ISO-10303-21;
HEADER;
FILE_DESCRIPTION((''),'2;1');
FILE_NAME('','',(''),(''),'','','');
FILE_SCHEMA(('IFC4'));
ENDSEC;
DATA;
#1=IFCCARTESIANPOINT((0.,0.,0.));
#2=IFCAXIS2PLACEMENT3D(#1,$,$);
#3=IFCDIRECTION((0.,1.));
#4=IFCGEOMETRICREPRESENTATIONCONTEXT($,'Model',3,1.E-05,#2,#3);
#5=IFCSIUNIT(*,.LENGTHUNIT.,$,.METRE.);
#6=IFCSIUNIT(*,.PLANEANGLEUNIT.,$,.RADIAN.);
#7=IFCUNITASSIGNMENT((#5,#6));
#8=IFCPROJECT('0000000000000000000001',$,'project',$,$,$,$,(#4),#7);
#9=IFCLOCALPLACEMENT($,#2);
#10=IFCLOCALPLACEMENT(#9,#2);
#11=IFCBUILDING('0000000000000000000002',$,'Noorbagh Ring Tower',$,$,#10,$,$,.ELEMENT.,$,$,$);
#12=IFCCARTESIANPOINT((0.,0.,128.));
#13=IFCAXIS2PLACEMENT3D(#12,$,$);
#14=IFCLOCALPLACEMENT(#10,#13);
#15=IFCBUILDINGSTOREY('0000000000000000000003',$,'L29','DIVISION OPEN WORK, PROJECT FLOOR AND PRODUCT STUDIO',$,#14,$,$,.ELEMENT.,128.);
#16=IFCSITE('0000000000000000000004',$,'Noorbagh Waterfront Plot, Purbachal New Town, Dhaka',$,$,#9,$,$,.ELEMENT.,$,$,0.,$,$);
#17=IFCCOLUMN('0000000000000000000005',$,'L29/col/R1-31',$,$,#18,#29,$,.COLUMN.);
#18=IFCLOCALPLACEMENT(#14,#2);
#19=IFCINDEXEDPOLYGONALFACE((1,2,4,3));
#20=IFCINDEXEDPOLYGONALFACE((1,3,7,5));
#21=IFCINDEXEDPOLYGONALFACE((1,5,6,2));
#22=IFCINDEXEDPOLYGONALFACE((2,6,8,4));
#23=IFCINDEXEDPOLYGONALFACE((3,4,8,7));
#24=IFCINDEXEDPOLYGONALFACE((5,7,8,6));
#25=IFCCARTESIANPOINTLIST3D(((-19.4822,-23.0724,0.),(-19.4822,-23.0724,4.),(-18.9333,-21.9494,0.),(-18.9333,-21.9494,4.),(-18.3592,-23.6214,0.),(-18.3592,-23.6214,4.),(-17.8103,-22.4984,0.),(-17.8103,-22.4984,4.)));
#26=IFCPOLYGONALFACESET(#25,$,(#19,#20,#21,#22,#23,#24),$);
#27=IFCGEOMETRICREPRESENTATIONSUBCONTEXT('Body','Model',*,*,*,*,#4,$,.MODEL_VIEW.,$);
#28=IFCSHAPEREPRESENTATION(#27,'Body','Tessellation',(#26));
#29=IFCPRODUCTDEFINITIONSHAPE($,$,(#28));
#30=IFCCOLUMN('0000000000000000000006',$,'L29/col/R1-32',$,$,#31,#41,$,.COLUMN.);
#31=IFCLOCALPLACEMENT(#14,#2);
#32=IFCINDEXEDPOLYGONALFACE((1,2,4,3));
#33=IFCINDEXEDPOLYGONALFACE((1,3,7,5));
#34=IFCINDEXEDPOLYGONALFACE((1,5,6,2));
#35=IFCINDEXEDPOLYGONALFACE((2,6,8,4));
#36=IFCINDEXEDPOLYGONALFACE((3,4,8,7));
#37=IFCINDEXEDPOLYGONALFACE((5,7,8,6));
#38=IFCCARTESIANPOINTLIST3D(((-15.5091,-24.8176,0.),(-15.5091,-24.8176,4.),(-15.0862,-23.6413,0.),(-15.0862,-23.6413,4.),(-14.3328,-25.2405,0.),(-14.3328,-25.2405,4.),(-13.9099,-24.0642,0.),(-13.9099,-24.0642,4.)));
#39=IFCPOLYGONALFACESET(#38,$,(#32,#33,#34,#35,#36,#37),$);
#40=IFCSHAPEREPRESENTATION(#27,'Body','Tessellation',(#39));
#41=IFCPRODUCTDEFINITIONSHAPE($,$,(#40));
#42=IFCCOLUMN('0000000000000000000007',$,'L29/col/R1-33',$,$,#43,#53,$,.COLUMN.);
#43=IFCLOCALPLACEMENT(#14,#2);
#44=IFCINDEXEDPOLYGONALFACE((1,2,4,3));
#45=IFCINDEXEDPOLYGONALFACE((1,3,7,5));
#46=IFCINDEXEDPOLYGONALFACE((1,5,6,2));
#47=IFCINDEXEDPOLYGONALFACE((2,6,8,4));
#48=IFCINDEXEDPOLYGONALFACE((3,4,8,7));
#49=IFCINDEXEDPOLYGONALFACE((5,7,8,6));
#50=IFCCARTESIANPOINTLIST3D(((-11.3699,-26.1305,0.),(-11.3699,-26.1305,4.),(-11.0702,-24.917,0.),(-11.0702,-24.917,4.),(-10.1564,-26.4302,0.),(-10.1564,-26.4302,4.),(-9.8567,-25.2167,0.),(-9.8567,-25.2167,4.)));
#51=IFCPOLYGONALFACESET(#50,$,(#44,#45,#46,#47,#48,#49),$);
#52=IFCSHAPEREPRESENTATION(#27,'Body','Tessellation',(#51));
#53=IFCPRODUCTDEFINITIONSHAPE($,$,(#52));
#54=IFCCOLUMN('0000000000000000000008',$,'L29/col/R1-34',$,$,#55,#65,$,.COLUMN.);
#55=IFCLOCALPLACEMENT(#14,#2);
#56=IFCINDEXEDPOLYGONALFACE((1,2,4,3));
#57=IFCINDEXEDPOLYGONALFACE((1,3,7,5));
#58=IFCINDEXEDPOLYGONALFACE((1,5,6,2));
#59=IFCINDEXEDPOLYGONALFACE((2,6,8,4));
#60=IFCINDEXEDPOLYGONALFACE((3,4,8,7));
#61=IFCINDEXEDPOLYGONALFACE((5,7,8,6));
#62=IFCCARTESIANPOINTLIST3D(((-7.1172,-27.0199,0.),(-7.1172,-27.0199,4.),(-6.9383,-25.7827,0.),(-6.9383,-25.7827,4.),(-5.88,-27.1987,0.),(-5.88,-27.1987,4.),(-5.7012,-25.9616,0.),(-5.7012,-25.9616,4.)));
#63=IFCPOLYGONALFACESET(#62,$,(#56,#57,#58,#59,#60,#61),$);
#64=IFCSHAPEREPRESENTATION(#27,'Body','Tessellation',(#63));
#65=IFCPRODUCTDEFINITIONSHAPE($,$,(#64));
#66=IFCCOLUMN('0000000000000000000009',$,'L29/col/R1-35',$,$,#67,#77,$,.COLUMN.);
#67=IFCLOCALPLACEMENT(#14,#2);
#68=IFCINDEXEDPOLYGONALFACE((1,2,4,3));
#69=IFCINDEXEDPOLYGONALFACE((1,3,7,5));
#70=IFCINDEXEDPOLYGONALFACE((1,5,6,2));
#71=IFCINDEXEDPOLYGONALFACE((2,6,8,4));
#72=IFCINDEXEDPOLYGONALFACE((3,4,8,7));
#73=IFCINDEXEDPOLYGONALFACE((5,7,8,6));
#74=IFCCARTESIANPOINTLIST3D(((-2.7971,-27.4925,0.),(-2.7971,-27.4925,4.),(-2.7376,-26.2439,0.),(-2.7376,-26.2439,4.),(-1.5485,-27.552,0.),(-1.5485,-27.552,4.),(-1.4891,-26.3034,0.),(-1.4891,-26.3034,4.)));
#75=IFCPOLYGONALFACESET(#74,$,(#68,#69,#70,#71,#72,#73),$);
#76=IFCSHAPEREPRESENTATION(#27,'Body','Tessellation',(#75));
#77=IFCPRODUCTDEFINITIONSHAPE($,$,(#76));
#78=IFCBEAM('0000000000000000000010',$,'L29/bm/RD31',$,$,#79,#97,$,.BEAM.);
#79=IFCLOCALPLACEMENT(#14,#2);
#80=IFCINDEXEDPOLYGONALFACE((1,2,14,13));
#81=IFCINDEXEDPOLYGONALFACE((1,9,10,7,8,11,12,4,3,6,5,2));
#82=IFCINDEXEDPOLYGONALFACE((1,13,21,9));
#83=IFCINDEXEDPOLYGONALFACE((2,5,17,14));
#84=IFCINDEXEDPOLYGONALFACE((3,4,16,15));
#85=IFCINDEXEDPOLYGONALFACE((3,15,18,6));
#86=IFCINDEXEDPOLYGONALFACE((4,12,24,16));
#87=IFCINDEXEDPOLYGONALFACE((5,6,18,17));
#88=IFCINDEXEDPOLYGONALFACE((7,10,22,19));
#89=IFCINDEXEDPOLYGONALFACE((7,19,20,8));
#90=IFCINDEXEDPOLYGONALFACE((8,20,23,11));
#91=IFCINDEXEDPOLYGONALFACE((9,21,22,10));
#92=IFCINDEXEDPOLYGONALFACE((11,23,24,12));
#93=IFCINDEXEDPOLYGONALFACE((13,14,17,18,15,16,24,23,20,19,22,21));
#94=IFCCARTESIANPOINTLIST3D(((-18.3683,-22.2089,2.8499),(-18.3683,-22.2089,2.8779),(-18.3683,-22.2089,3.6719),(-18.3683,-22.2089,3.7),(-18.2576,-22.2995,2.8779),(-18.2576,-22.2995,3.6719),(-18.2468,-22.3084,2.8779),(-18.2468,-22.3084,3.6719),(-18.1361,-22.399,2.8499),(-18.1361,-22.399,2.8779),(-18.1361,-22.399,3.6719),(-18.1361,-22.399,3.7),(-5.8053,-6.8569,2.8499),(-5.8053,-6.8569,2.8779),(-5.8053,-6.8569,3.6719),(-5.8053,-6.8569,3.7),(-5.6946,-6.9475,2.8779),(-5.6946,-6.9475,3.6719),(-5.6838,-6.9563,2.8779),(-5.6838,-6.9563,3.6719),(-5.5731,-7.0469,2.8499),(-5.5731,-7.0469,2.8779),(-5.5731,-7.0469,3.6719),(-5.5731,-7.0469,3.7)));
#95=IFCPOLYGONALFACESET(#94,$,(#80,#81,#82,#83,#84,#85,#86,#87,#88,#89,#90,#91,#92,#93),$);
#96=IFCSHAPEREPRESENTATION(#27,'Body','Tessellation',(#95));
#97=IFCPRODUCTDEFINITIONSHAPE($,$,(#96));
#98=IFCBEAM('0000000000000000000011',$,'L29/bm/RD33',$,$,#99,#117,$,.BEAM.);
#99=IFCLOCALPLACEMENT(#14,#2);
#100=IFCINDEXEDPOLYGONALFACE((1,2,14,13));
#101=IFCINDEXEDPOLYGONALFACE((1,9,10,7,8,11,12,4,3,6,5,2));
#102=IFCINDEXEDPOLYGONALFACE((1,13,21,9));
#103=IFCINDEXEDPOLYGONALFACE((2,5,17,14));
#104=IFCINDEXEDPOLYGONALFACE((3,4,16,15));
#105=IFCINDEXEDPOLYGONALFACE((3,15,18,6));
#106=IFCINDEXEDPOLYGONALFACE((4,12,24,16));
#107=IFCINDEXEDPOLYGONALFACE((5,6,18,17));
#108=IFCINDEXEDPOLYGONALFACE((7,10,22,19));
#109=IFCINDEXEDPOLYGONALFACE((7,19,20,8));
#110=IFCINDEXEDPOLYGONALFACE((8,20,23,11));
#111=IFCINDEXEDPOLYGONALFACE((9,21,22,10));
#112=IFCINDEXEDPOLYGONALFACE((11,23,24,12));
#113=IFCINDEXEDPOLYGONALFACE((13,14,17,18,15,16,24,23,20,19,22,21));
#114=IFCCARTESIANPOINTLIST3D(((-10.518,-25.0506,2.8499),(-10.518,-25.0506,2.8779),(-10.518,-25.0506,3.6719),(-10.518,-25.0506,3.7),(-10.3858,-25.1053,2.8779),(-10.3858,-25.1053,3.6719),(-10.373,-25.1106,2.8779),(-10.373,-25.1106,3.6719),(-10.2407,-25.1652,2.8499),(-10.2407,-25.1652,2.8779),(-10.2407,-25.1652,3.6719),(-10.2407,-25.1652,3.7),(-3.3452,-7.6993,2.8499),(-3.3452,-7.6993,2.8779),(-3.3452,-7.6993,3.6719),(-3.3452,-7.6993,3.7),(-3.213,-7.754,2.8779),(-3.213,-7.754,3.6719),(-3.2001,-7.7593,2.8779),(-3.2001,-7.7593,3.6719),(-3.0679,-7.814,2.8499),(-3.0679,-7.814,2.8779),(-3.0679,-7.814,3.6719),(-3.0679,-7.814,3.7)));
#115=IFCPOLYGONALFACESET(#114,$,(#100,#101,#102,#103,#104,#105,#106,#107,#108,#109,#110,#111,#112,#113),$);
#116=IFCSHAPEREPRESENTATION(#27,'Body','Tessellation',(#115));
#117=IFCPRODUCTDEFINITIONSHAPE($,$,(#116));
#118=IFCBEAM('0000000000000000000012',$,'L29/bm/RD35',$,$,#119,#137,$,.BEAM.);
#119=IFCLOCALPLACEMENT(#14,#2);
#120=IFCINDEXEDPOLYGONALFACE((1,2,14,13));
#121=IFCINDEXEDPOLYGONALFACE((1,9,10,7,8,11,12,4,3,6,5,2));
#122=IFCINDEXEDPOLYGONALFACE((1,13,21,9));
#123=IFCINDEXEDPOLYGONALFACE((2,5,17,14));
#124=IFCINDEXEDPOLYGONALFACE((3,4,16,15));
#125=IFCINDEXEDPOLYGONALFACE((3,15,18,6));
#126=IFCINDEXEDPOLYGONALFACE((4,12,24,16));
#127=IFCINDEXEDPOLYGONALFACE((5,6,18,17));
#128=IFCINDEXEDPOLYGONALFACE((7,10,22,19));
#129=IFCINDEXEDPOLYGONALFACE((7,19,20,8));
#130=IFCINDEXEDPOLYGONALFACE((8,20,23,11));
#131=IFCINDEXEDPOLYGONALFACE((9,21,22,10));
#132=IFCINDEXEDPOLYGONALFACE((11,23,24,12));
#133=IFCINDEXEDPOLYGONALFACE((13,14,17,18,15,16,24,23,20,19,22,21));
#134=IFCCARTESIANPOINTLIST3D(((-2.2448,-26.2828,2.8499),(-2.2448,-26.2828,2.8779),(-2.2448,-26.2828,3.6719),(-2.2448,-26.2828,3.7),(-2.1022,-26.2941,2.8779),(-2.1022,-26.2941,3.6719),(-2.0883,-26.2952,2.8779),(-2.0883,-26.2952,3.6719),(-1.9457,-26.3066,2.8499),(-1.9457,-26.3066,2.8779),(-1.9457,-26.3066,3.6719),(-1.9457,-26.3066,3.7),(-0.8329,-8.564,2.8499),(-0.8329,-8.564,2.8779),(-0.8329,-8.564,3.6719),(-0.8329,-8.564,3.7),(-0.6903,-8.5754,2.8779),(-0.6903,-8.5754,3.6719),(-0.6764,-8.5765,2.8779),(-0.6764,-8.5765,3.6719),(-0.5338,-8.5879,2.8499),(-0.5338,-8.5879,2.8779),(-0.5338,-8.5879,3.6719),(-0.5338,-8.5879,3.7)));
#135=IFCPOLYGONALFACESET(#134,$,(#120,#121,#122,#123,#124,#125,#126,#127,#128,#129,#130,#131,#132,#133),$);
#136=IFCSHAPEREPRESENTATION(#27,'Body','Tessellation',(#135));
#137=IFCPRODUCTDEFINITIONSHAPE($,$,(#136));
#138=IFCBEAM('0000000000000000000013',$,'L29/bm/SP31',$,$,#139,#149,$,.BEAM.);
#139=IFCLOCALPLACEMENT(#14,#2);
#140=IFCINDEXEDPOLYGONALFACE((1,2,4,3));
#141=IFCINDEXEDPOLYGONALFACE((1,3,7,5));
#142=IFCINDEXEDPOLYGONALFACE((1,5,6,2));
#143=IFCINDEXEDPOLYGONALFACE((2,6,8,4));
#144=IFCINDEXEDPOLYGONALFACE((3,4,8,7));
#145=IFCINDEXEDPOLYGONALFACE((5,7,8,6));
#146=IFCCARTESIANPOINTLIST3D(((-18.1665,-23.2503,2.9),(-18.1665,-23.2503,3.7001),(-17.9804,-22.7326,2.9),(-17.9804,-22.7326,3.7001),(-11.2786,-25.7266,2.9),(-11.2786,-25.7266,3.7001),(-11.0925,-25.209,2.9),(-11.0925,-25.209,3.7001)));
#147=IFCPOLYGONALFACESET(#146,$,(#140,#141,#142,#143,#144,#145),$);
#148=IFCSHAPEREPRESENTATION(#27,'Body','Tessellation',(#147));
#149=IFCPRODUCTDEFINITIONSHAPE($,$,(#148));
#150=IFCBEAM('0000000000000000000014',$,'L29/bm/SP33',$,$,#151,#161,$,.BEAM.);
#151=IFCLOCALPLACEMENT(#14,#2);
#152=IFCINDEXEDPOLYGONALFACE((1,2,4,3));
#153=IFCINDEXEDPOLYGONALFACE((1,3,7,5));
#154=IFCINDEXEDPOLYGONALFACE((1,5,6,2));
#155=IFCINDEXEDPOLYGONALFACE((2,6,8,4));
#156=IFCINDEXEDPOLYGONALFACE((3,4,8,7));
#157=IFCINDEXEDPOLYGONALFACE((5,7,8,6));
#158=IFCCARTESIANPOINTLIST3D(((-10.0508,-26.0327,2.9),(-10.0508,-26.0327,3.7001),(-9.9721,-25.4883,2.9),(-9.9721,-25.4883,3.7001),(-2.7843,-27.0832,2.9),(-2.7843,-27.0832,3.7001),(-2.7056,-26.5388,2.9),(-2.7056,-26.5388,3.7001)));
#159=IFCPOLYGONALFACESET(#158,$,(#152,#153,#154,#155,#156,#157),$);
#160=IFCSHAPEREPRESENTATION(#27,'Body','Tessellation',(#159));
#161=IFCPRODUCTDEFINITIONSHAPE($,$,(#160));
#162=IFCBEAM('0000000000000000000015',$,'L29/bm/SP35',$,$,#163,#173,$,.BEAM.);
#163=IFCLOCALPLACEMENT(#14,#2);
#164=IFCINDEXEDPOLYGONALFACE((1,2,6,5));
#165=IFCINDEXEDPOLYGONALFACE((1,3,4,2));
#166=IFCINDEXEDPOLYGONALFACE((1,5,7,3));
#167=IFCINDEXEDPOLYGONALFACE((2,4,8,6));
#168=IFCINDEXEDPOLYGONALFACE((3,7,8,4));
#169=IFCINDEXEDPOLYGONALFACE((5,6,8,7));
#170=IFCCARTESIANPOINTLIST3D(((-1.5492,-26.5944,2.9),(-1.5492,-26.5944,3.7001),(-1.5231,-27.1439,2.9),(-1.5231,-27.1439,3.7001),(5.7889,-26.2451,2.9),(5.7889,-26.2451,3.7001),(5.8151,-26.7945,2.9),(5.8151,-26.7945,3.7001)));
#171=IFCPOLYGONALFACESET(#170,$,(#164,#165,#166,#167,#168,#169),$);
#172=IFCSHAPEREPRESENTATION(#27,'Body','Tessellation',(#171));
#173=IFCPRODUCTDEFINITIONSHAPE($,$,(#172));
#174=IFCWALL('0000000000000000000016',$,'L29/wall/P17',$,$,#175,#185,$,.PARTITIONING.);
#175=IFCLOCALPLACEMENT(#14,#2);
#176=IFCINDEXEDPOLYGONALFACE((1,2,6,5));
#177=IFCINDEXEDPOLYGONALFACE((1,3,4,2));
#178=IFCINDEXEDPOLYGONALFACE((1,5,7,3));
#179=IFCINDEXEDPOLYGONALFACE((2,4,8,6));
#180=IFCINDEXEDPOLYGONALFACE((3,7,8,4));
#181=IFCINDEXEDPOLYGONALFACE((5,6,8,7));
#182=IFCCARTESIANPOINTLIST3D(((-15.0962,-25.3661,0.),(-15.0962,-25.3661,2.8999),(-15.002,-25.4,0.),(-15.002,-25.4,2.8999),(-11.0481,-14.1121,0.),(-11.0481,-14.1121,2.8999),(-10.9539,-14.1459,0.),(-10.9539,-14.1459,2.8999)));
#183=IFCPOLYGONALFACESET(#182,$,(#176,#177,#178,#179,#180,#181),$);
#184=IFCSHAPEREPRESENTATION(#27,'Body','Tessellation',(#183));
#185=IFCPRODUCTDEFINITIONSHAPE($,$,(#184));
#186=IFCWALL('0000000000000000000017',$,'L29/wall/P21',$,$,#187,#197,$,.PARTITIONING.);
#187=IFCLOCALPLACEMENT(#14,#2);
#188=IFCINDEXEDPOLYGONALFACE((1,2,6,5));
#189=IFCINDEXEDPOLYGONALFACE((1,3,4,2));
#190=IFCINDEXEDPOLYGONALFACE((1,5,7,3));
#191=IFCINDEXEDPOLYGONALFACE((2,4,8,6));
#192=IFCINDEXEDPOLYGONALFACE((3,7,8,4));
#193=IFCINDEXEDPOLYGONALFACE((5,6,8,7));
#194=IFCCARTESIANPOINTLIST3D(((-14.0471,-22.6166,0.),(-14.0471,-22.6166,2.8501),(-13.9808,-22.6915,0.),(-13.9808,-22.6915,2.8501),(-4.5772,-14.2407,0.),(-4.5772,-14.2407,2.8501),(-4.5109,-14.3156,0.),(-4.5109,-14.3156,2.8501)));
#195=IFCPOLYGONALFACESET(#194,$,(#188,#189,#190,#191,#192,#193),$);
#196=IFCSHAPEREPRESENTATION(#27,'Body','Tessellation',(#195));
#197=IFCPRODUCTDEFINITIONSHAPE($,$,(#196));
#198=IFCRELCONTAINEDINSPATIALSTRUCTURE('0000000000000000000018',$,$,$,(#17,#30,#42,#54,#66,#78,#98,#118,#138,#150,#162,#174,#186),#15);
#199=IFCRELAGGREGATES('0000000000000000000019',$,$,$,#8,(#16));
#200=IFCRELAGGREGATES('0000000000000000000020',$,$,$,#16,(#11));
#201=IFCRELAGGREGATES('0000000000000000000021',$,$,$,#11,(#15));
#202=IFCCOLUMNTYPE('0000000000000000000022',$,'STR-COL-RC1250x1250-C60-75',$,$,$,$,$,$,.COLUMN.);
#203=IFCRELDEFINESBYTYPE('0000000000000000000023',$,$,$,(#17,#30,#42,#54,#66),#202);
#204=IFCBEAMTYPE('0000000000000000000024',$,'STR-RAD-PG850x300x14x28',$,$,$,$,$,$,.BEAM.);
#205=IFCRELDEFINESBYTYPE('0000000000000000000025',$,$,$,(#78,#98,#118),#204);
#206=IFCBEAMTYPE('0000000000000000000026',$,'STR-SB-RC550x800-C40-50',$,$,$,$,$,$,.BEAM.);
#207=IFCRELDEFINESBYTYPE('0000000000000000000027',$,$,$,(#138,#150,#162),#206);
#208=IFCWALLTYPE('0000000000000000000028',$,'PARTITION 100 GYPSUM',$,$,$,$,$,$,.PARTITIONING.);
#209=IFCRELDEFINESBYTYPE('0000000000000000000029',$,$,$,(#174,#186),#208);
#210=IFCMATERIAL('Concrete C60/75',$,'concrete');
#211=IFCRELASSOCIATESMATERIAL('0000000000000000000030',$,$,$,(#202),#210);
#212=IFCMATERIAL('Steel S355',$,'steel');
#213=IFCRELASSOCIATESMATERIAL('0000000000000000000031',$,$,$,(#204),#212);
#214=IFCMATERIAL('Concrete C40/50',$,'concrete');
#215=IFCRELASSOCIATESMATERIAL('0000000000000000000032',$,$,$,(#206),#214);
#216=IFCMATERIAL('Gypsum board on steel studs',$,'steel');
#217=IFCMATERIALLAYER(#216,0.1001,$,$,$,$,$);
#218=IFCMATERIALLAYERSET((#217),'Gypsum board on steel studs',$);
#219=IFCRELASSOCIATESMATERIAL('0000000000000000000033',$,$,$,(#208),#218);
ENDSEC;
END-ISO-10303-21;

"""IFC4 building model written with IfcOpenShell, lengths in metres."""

from ifc_helpers import new_model, si_unit, direction, frame, frame_2d, origin, origin_2d, place, context, subcontext, project, spatial, rectangle, i_section, extrude, material, layer, layer_set, material_profile, profile_set, type_object, element, save


model = new_model("IFC4")

# Units and contexts
model_context = context("Model", 3, precision=1e-05, world=origin(), true_north=direction((0.0, 1.0)))
body_context = subcontext(model_context, "Body", "Model", "MODEL_VIEW")
ifc_project = project(units=[si_unit("LENGTHUNIT", "METRE"), si_unit("PLANEANGLEUNIT", "RADIAN")], contexts=[model_context])

# Site, building, storey
site_placement = place(None, origin())
site = spatial("IfcSite", under=ifc_project, at=site_placement, Name="Noorbagh Waterfront Plot, Purbachal New Town, Dhaka", CompositionType="ELEMENT", RefElevation=0.0)
building_placement = place(site_placement, origin())
building = spatial("IfcBuilding", under=site, at=building_placement, Name="Noorbagh Ring Tower", CompositionType="ELEMENT")
storey_placement = place(building_placement, frame((0.0, 0.0, 128.0)))
storey = spatial("IfcBuildingStorey", under=building, at=storey_placement, Name="L29", Description="DIVISION OPEN WORK, PROJECT FLOOR AND PRODUCT STUDIO", CompositionType="ELEMENT", Elevation=128.0)

# Columns
ifc_material_1 = material(Name="Concrete C60/75", Category="concrete")
ifc_material_profile_1 = material_profile(ifc_material_1, rectangle(XDim=1.25, YDim=1.25, at=origin_2d()), Name="RC1250x1250")
ifc_profile_set_1 = profile_set([ifc_material_profile_1], Name="Concrete C60/75")
column_type = type_object("IfcColumnType", Name="STR-COL-RC1250x1250-C60-75", PredefinedType="COLUMN", material=ifc_profile_set_1)
for number, where, z_axis, x_axis, name in (
    (1, (-18.6462, -22.7854, 0.0), (0.0, 0.0, 1.0), (0.898399, -0.43918, 0.0), "L29/col/R1-31"),
    (2, (-14.7095, -24.4409, 0.0), (0.0, 0.0, 1.0), (0.941025, -0.338338, 0.0), "L29/col/R1-32"),
    (3, (-10.6133, -25.6736, 0.0), (0.0, 0.0, 1.0), (0.970829, -0.239771, 0.0), "L29/col/R1-33"),
    (4, (-6.4092, -26.4907, 0.0), (0.0, 0.0, 1.0), (0.989713, -0.143066, 0.0), "L29/col/R1-34"),
    (5, (-2.1431, -26.8979, 0.0), (0.0, 0.0, 1.0), (0.998869, -0.047553, 0.0), "L29/col/R1-35"),
):
    element("IfcColumn", number, at=place(storey_placement, frame(where, z_axis=z_axis, x_axis=x_axis)), inside=storey, type_object=column_type, Name=name, PredefinedType="COLUMN", context=body_context, shape_type="SweptSolid", body=[
        extrude(rectangle(XDim=1.25, YDim=1.25, at=origin_2d()), origin(), (0.0, 0.0, 1.0), 4.0),
    ])

# Beams
ifc_material_2 = material(Name="Steel S355", Category="steel")
ifc_material_profile_2 = material_profile(ifc_material_2, i_section(OverallWidth=0.3, OverallDepth=0.8501, WebThickness=0.0139, FlangeThickness=0.0281, at=origin_2d()), Name="PG850x300x14x28")
ifc_profile_set_2 = profile_set([ifc_material_profile_2], Name="Steel S355")
beam_type_1 = type_object("IfcBeamType", Name="STR-RAD-PG850x300x14x28", PredefinedType="BEAM", material=ifc_profile_set_2)
beam_1_placement = place(storey_placement, frame((-18.2522, -22.304, 3.2749), z_axis=(0.633305, 0.773902, 0.0), x_axis=(-0.773902, 0.633305, 0.0)))
element("IfcBeam", 6, at=beam_1_placement, inside=storey, type_object=beam_type_1, Name="L29/bm/RD31", PredefinedType="BEAM", context=body_context, shape_type="SweptSolid", body=[
    extrude(i_section(OverallWidth=0.3, OverallDepth=0.8501, WebThickness=0.0139, FlangeThickness=0.0281, at=origin_2d()), origin(), (0.0, 0.0, 1.0), 19.8372),
])
beam_2_placement = place(storey_placement, frame((-10.3794, -25.1079, 3.2749), z_axis=(0.382033, 0.924149, 0.0), x_axis=(-0.924149, 0.382033, 0.0)))
element("IfcBeam", 7, at=beam_2_placement, inside=storey, type_object=beam_type_1, Name="L29/bm/RD33", PredefinedType="BEAM", context=body_context, shape_type="SweptSolid", body=[
    extrude(i_section(OverallWidth=0.3, OverallDepth=0.8501, WebThickness=0.0139, FlangeThickness=0.0281, at=origin_2d()), origin(), (0.0, 0.0, 1.0), 18.7754),
])
beam_3_placement = place(storey_placement, frame((-2.0952, -26.2947, 3.2749), z_axis=(0.07943, 0.99684, 0.0), x_axis=(-0.99684, 0.07943, 0.0)))
element("IfcBeam", 8, at=beam_3_placement, inside=storey, type_object=beam_type_1, Name="L29/bm/RD35", PredefinedType="BEAM", context=body_context, shape_type="SweptSolid", body=[
    extrude(i_section(OverallWidth=0.3, OverallDepth=0.8501, WebThickness=0.0139, FlangeThickness=0.0281, at=origin_2d()), origin(), (0.0, 0.0, 1.0), 17.7749),
])
ifc_material_3 = material(Name="Concrete C40/50", Category="concrete")
ifc_material_profile_3 = material_profile(ifc_material_3, rectangle(XDim=0.55, YDim=0.8, at=origin_2d()), Name="RC550x800")
ifc_profile_set_3 = profile_set([ifc_material_profile_3], Name="Concrete C40/50")
beam_type_2 = type_object("IfcBeamType", Name="STR-SB-RC550x800-C40-50", PredefinedType="BEAM", material=ifc_profile_set_3)
beam_4_placement = place(storey_placement, frame((-18.0735, -22.9915, 3.3), z_axis=(0.941033, -0.338315, 0.0), x_axis=(0.338315, 0.941033, 0.0)))
element("IfcBeam", 9, at=beam_4_placement, inside=storey, type_object=beam_type_2, Name="L29/bm/SP31", PredefinedType="BEAM", context=body_context, shape_type="SweptSolid", body=[
    extrude(rectangle(XDim=0.55, YDim=0.8, at=origin_2d()), origin(), (0.0, 0.0, 1.0), 7.3196),
])
beam_5_placement = place(storey_placement, frame((-10.0115, -25.7605, 3.3), z_axis=(0.989711, -0.143083, 0.0), x_axis=(0.143083, 0.989711, 0.0)))
element("IfcBeam", 10, at=beam_5_placement, inside=storey, type_object=beam_type_2, Name="L29/bm/SP33", PredefinedType="BEAM", context=body_context, shape_type="SweptSolid", body=[
    extrude(rectangle(XDim=0.55, YDim=0.8, at=origin_2d()), origin(), (0.0, 0.0, 1.0), 7.342),
])
beam_6_placement = place(storey_placement, frame((-1.5361, -26.8691, 3.3), z_axis=(0.998869, 0.047556, 0.0), x_axis=(-0.047556, 0.998869, 0.0)))
element("IfcBeam", 11, at=beam_6_placement, inside=storey, type_object=beam_type_2, Name="L29/bm/SP35", PredefinedType="BEAM", context=body_context, shape_type="SweptSolid", body=[
    extrude(rectangle(XDim=0.55, YDim=0.8, at=origin_2d()), origin(), (0.0, 0.0, 1.0), 7.3464),
])

# Walls
ifc_material_4 = material(Name="Gypsum board on steel studs", Category="steel")
ifc_layer = layer(ifc_material_4, 0.1001)
ifc_layer_set = layer_set([ifc_layer], Name="Gypsum board on steel studs")
wall_type = type_object("IfcWallType", Name="PARTITION 100 GYPSUM", PredefinedType="PARTITIONING", material=ifc_layer_set)
wall_1_placement = place(storey_placement, frame((-15.0491, -25.3831, 0.0), z_axis=(0.0, 0.0, 1.0), x_axis=(0.338468, 0.940978, 0.0)))
element("IfcWall", 12, at=wall_1_placement, inside=storey, type_object=wall_type, Name="L29/wall/P17", PredefinedType="PARTITIONING", context=body_context, shape_type="SweptSolid", body=[
    extrude(rectangle(XDim=11.96, YDim=0.1001, at=frame_2d((5.98, 0.0))), origin(), (0.0, 0.0, 1.0), 2.8999),
])
wall_2_placement = place(storey_placement, frame((-14.0139, -22.6541, 0.0), z_axis=(0.0, 0.0, 1.0), x_axis=(0.749048, 0.662516, 0.0)))
element("IfcWall", 13, at=wall_2_placement, inside=storey, type_object=wall_type, Name="L29/wall/P21", PredefinedType="PARTITIONING", context=body_context, shape_type="SweptSolid", body=[
    extrude(rectangle(XDim=12.6426, YDim=0.1001, at=frame_2d((6.3213, 0.0))), origin(), (0.0, 0.0, 1.0), 2.8501),
])

save(model, "model.ifc")
